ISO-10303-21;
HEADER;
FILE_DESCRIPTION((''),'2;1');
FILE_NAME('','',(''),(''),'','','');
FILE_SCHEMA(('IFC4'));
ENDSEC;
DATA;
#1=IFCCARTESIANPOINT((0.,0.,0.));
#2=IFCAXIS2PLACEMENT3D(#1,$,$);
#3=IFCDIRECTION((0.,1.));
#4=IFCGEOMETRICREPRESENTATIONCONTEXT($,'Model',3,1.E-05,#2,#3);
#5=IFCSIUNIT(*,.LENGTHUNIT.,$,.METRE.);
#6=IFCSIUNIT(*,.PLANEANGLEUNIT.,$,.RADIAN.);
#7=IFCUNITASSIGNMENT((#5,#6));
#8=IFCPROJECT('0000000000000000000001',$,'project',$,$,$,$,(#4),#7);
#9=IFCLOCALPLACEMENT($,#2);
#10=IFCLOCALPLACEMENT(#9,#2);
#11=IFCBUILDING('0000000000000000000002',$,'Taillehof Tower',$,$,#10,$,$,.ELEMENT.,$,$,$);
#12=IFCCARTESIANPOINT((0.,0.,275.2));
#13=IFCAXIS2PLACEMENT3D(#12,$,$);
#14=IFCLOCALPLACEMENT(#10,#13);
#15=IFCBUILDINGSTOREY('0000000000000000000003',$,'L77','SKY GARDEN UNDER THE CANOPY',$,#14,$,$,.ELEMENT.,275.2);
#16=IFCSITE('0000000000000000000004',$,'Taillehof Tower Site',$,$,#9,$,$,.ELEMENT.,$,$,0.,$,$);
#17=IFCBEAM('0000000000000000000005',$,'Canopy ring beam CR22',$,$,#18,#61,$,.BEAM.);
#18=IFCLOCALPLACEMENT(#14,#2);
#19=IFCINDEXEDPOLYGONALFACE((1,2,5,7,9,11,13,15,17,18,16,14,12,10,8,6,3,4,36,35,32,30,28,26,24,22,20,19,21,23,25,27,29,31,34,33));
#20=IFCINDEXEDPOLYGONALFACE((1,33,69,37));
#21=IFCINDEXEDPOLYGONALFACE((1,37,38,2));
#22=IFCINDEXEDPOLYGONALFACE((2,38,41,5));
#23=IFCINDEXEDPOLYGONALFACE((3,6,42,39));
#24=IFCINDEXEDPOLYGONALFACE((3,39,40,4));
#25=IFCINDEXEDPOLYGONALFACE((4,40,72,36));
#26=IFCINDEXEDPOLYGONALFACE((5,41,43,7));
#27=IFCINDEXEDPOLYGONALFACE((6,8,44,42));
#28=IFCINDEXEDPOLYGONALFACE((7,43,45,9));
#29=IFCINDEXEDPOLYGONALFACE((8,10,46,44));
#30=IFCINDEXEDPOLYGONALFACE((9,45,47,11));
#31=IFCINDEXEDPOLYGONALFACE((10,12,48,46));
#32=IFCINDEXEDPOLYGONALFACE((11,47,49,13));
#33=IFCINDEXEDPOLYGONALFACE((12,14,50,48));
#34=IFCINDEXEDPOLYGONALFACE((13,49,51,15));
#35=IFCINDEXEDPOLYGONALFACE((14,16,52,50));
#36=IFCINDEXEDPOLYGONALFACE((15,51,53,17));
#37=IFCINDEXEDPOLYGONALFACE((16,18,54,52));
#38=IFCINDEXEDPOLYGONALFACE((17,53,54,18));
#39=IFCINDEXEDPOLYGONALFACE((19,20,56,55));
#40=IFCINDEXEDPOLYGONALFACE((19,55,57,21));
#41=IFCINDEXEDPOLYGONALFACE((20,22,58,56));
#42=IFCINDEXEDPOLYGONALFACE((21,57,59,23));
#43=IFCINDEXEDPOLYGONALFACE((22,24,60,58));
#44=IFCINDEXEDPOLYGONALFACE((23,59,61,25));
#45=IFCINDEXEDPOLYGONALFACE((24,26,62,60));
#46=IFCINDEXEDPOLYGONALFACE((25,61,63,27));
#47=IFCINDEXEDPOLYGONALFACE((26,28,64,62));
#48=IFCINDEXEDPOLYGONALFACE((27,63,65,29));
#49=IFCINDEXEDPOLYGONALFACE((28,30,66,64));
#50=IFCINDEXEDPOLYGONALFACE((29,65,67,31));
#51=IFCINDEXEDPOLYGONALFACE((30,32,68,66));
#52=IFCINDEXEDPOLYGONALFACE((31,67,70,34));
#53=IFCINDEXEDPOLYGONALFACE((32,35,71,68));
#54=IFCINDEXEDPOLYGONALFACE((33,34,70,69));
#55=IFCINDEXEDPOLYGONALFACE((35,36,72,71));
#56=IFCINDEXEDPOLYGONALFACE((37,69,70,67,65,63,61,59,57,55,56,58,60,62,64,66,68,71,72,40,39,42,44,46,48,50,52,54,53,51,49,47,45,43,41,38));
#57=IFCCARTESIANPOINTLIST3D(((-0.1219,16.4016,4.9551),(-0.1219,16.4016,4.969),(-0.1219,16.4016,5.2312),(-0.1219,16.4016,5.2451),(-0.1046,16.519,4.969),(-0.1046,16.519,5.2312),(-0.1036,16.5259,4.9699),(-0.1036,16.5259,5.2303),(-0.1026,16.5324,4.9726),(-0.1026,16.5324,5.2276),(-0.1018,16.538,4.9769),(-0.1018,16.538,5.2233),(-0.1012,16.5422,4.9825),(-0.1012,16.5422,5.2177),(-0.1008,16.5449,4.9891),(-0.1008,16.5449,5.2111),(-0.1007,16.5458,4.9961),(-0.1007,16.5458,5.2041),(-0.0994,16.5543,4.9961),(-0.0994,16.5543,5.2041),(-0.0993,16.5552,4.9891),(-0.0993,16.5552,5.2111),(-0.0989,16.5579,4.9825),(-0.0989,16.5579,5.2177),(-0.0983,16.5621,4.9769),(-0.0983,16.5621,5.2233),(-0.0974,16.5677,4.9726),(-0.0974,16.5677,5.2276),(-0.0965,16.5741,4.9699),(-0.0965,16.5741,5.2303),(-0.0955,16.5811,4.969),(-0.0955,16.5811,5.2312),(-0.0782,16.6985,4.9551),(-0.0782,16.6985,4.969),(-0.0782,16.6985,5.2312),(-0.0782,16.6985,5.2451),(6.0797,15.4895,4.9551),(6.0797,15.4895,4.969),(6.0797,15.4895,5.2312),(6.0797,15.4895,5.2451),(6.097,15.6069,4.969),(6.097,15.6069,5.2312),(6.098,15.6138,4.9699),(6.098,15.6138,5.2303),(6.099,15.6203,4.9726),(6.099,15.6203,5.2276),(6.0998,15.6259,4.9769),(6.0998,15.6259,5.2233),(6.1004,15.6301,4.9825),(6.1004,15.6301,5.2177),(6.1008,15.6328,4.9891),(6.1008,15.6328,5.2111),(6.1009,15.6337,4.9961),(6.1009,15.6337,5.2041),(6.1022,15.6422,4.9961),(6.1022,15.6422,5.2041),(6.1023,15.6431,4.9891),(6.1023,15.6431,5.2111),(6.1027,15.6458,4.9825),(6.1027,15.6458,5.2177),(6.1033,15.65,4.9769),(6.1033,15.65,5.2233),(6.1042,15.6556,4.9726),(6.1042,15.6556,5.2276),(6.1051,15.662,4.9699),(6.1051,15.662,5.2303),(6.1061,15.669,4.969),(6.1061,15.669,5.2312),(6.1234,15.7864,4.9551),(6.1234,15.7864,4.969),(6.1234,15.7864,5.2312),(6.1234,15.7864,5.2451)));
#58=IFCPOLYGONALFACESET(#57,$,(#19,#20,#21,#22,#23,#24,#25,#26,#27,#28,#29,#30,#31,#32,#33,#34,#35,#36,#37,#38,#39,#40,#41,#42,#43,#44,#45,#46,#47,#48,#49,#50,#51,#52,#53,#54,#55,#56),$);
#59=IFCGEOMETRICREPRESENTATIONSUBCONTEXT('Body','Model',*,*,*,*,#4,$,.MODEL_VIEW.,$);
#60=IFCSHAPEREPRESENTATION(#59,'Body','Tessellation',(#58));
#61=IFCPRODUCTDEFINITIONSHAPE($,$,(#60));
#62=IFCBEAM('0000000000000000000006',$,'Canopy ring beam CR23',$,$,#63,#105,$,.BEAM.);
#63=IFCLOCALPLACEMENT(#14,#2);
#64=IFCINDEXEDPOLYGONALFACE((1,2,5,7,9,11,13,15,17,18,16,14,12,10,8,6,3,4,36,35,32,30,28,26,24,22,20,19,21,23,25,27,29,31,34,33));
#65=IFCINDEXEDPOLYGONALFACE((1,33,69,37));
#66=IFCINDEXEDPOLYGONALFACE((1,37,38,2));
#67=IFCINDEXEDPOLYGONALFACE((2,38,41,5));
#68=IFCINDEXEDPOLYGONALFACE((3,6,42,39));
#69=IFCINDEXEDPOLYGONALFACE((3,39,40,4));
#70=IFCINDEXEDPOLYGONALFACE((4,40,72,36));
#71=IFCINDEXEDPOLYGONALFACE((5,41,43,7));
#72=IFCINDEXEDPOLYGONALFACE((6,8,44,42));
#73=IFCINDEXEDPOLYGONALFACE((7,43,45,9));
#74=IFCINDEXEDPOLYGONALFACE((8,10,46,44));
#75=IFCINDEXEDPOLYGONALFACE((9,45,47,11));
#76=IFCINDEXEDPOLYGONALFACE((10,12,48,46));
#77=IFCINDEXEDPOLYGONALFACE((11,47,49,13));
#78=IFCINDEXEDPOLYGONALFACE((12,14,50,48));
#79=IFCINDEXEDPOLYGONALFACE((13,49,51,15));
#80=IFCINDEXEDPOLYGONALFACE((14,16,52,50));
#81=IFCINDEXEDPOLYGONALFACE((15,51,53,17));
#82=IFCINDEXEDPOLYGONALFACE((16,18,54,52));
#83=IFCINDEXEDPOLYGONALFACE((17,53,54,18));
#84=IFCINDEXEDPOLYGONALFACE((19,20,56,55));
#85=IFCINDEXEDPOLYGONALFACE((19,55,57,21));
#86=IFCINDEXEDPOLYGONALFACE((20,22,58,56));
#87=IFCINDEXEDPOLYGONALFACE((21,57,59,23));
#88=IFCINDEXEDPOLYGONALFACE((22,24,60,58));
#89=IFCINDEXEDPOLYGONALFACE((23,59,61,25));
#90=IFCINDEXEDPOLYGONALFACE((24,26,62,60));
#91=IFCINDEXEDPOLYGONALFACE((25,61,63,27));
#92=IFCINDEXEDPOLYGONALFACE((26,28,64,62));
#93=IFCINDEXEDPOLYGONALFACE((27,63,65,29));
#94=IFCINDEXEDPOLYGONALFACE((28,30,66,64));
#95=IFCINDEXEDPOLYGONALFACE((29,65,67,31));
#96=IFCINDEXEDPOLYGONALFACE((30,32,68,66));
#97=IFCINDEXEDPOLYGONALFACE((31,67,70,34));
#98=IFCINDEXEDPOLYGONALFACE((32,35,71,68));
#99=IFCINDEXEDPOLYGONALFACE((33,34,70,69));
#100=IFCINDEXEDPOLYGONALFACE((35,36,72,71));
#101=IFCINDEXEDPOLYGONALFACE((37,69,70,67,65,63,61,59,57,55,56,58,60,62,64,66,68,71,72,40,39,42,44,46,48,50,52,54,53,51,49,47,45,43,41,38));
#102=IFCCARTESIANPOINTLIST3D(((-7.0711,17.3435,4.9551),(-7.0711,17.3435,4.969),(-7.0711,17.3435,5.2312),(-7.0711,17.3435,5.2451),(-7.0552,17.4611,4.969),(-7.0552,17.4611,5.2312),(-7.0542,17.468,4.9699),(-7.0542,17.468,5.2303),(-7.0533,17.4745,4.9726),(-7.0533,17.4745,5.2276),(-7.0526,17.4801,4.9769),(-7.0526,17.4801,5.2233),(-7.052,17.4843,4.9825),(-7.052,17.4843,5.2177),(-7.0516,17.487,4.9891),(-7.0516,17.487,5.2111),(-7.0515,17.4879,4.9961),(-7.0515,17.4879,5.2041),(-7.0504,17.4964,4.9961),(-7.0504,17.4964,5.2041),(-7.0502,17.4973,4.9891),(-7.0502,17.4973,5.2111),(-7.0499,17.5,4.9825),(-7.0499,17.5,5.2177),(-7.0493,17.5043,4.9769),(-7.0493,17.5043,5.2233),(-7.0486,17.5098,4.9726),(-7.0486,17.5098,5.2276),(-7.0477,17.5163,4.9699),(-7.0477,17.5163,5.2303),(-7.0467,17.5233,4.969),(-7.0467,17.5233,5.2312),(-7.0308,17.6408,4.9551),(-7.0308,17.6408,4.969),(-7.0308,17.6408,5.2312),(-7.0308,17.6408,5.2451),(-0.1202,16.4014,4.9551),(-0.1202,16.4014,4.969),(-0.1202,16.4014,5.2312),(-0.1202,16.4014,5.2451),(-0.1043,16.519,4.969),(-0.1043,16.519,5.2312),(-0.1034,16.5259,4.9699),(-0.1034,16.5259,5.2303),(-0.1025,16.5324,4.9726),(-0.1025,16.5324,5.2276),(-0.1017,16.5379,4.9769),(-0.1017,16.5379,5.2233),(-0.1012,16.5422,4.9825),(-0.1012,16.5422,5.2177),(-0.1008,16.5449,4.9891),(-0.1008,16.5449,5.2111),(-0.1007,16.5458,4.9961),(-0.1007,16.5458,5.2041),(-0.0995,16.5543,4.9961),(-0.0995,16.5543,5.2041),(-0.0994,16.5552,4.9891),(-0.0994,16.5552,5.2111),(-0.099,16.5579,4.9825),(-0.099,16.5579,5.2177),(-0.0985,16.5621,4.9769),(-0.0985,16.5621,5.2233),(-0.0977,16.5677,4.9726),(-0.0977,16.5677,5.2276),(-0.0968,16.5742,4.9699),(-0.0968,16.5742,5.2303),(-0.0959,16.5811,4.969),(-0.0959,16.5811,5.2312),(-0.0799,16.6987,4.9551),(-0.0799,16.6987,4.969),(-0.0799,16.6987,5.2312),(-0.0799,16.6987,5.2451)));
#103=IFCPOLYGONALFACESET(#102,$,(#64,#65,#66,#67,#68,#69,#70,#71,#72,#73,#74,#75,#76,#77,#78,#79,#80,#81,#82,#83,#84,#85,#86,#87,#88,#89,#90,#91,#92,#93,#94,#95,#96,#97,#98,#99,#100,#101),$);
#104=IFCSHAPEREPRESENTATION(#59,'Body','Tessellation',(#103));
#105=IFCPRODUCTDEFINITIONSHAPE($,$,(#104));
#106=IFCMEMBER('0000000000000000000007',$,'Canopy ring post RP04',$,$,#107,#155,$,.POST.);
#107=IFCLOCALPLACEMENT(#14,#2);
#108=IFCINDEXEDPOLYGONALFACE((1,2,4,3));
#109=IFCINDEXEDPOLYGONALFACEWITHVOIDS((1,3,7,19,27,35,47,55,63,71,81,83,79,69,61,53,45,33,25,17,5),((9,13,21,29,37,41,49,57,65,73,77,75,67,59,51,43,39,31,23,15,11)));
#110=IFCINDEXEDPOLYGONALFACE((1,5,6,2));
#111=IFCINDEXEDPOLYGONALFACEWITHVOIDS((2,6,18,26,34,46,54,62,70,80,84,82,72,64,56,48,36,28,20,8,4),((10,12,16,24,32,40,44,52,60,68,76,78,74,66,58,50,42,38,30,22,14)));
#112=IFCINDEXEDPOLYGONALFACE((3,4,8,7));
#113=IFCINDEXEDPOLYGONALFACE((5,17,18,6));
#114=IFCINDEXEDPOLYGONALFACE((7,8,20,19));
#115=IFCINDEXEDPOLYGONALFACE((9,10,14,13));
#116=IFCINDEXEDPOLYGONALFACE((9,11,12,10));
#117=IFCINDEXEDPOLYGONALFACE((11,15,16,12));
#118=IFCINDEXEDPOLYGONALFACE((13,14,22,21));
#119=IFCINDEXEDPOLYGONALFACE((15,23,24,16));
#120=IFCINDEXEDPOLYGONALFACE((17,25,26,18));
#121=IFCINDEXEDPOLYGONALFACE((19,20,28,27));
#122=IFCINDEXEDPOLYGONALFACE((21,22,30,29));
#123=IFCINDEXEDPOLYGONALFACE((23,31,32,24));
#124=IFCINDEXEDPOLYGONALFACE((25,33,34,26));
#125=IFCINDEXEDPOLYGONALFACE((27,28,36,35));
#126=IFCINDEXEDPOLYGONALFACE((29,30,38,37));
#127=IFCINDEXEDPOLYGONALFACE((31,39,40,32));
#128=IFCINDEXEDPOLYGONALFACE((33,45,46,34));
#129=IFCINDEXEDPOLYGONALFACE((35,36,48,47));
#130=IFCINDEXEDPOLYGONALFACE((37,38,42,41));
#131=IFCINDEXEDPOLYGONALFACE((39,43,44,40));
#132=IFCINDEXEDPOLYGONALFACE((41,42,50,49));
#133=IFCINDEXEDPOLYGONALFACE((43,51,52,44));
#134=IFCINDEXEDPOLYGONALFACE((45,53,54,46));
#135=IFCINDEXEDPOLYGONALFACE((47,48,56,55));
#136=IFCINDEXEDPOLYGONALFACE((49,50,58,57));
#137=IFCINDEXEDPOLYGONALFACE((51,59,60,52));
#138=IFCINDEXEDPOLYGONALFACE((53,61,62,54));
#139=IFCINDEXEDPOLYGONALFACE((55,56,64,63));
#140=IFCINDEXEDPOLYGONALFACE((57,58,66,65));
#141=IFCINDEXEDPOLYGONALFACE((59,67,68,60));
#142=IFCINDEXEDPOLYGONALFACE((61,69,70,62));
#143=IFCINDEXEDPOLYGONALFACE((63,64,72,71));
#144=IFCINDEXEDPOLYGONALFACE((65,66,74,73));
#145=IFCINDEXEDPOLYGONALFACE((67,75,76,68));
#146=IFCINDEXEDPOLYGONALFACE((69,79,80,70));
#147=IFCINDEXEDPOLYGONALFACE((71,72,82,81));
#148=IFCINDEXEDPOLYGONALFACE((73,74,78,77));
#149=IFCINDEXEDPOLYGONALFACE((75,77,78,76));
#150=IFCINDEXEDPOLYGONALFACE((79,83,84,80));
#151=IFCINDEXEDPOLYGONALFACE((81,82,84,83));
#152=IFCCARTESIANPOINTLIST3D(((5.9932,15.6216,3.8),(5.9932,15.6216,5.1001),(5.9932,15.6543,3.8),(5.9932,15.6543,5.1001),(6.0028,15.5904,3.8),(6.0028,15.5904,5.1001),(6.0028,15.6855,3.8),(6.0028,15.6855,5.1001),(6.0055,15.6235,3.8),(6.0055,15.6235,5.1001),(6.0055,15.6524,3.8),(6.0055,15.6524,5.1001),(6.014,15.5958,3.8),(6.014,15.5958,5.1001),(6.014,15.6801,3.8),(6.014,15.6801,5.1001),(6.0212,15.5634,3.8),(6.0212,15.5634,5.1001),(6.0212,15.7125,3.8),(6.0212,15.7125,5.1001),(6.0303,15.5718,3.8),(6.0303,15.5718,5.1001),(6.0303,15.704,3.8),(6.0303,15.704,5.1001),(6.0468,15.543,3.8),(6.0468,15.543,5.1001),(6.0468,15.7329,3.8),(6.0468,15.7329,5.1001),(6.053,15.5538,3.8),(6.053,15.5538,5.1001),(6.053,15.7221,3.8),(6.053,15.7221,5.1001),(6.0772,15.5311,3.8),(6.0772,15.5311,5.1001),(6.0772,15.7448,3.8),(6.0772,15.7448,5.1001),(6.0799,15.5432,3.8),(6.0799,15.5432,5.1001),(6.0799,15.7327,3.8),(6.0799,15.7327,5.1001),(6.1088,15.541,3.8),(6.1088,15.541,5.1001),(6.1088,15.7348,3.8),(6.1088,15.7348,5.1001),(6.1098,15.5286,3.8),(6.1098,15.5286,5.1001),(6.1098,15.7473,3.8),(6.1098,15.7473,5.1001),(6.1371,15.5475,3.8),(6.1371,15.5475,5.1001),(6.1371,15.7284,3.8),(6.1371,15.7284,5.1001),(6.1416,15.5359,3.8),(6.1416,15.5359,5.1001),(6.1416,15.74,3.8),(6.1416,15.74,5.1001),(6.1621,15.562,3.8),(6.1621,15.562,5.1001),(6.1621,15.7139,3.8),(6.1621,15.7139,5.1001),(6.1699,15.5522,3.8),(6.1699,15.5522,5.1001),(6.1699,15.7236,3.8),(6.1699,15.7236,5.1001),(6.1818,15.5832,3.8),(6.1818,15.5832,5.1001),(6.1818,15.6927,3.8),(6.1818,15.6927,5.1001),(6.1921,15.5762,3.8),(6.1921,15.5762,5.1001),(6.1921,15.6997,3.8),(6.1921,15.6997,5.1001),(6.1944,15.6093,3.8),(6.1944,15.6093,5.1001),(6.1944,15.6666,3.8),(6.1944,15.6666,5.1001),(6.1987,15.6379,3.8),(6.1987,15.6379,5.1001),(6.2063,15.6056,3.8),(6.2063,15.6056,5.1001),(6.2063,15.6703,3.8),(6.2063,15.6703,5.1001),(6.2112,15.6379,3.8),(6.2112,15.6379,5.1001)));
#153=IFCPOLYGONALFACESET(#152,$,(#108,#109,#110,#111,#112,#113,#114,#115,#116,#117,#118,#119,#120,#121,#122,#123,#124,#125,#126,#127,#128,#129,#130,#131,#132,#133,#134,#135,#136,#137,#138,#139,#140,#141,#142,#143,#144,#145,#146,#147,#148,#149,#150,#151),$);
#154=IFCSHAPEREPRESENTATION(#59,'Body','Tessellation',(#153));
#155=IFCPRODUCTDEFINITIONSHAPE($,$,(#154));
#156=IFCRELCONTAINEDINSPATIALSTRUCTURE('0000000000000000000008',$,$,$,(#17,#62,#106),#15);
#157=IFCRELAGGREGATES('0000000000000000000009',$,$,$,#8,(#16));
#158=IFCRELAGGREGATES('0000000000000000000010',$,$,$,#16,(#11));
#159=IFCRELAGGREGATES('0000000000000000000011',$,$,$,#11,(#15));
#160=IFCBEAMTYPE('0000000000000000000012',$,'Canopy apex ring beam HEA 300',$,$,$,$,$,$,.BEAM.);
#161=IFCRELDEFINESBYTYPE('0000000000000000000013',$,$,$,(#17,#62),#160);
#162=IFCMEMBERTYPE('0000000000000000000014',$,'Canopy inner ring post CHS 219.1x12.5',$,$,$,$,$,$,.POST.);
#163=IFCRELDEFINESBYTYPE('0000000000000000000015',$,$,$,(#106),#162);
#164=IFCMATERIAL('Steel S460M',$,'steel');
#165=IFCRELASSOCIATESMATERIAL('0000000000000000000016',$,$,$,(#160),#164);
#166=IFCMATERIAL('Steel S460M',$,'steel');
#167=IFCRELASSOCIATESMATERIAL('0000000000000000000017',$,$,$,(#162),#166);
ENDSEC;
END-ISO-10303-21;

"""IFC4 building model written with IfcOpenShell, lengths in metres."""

from ifc_helpers import new_model, si_unit, direction, frame, origin, origin_2d, place, context, subcontext, project, spatial, hollow_circle, i_section, extrude, material, material_profile, profile_set, type_object, element, save


model = new_model("IFC4")

# Units and contexts
model_context = context("Model", 3, precision=1e-05, world=origin(), true_north=direction((0.0, 1.0)))
body_context = subcontext(model_context, "Body", "Model", "MODEL_VIEW")
ifc_project = project(units=[si_unit("LENGTHUNIT", "METRE"), si_unit("PLANEANGLEUNIT", "RADIAN")], contexts=[model_context])

# Site, building, storey
site_placement = place(None, origin())
site = spatial("IfcSite", under=ifc_project, at=site_placement, Name="Taillehof Tower Site", CompositionType="ELEMENT", RefElevation=0.0)
building_placement = place(site_placement, origin())
building = spatial("IfcBuilding", under=site, at=building_placement, Name="Taillehof Tower", CompositionType="ELEMENT")
storey_placement = place(building_placement, frame((0.0, 0.0, 275.2)))
storey = spatial("IfcBuildingStorey", under=building, at=storey_placement, Name="L77", Description="SKY GARDEN UNDER THE CANOPY", CompositionType="ELEMENT", Elevation=275.2)

# Beams
ifc_material_1 = material(Name="Steel S460M", Category="steel")
ifc_material_profile_1 = material_profile(ifc_material_1, i_section(OverallWidth=0.3, OverallDepth=0.29, WebThickness=0.0085, FlangeThickness=0.0139, FilletRadius=0.0271, at=origin_2d()), Name="HEA 300")
ifc_profile_set_1 = profile_set([ifc_material_profile_1], Name="Steel S460M")
beam_type_1 = type_object("IfcBeamType", Name="Canopy apex ring beam HEA 300", PredefinedType="BEAM", material=ifc_profile_set_1)
beam_1_placement = place(storey_placement, frame((6.1016, 15.6379, 5.1001), z_axis=(-0.989357, 0.14551, 0.0), x_axis=(-0.14551, -0.989357, 0.0)))
element("IfcBeam", 1, at=beam_1_placement, inside=storey, type_object=beam_type_1, Name="Canopy ring beam CR22", PredefinedType="BEAM", context=body_context, shape_type="SweptSolid", body=[
    extrude(i_section(OverallWidth=0.3, OverallDepth=0.29, WebThickness=0.0085, FlangeThickness=0.0139, FilletRadius=0.0271, at=origin_2d()), origin(), (0.0, 0.0, 1.0), 6.2683),
])
beam_2_placement = place(storey_placement, frame((-0.1001, 16.55, 5.1001), z_axis=(-0.990939, 0.134313, 0.0), x_axis=(-0.134313, -0.990939, 0.0)))
element("IfcBeam", 2, at=beam_2_placement, inside=storey, type_object=beam_type_1, Name="Canopy ring beam CR23", PredefinedType="BEAM", context=body_context, shape_type="SweptSolid", body=[
    extrude(i_section(OverallWidth=0.3, OverallDepth=0.29, WebThickness=0.0085, FlangeThickness=0.0139, FilletRadius=0.0271, at=origin_2d()), origin(), (0.0, 0.0, 1.0), 7.0144),
])

# Member
ifc_material_2 = material(Name="Steel S460M", Category="steel")
ifc_material_profile_2 = material_profile(ifc_material_2, hollow_circle(Radius=0.1096, WallThickness=0.0125, at=origin_2d()), Name="CHS 219.1x12.5")
ifc_profile_set_2 = profile_set([ifc_material_profile_2], Name="Steel S460M")
member_type_1 = type_object("IfcMemberType", Name="Canopy inner ring post CHS 219.1x12.5", PredefinedType="POST", material=ifc_profile_set_2)
for number, where, z_axis, x_axis, name in (
    (3, (6.1016, 15.6379, 3.8), (0.0, 0.0, 1.0), (1.0, 0.0, 0.0), "Canopy ring post RP04"),
):
    element("IfcMember", number, at=place(storey_placement, frame(where, z_axis=z_axis, x_axis=x_axis)), inside=storey, type_object=member_type_1, Name=name, PredefinedType="POST", context=body_context, shape_type="SweptSolid", body=[
        extrude(hollow_circle(Radius=0.1096, WallThickness=0.0125, at=origin_2d()), origin(), (0.0, 0.0, 1.0), 1.3),
    ])

save(model, "model.ifc")
